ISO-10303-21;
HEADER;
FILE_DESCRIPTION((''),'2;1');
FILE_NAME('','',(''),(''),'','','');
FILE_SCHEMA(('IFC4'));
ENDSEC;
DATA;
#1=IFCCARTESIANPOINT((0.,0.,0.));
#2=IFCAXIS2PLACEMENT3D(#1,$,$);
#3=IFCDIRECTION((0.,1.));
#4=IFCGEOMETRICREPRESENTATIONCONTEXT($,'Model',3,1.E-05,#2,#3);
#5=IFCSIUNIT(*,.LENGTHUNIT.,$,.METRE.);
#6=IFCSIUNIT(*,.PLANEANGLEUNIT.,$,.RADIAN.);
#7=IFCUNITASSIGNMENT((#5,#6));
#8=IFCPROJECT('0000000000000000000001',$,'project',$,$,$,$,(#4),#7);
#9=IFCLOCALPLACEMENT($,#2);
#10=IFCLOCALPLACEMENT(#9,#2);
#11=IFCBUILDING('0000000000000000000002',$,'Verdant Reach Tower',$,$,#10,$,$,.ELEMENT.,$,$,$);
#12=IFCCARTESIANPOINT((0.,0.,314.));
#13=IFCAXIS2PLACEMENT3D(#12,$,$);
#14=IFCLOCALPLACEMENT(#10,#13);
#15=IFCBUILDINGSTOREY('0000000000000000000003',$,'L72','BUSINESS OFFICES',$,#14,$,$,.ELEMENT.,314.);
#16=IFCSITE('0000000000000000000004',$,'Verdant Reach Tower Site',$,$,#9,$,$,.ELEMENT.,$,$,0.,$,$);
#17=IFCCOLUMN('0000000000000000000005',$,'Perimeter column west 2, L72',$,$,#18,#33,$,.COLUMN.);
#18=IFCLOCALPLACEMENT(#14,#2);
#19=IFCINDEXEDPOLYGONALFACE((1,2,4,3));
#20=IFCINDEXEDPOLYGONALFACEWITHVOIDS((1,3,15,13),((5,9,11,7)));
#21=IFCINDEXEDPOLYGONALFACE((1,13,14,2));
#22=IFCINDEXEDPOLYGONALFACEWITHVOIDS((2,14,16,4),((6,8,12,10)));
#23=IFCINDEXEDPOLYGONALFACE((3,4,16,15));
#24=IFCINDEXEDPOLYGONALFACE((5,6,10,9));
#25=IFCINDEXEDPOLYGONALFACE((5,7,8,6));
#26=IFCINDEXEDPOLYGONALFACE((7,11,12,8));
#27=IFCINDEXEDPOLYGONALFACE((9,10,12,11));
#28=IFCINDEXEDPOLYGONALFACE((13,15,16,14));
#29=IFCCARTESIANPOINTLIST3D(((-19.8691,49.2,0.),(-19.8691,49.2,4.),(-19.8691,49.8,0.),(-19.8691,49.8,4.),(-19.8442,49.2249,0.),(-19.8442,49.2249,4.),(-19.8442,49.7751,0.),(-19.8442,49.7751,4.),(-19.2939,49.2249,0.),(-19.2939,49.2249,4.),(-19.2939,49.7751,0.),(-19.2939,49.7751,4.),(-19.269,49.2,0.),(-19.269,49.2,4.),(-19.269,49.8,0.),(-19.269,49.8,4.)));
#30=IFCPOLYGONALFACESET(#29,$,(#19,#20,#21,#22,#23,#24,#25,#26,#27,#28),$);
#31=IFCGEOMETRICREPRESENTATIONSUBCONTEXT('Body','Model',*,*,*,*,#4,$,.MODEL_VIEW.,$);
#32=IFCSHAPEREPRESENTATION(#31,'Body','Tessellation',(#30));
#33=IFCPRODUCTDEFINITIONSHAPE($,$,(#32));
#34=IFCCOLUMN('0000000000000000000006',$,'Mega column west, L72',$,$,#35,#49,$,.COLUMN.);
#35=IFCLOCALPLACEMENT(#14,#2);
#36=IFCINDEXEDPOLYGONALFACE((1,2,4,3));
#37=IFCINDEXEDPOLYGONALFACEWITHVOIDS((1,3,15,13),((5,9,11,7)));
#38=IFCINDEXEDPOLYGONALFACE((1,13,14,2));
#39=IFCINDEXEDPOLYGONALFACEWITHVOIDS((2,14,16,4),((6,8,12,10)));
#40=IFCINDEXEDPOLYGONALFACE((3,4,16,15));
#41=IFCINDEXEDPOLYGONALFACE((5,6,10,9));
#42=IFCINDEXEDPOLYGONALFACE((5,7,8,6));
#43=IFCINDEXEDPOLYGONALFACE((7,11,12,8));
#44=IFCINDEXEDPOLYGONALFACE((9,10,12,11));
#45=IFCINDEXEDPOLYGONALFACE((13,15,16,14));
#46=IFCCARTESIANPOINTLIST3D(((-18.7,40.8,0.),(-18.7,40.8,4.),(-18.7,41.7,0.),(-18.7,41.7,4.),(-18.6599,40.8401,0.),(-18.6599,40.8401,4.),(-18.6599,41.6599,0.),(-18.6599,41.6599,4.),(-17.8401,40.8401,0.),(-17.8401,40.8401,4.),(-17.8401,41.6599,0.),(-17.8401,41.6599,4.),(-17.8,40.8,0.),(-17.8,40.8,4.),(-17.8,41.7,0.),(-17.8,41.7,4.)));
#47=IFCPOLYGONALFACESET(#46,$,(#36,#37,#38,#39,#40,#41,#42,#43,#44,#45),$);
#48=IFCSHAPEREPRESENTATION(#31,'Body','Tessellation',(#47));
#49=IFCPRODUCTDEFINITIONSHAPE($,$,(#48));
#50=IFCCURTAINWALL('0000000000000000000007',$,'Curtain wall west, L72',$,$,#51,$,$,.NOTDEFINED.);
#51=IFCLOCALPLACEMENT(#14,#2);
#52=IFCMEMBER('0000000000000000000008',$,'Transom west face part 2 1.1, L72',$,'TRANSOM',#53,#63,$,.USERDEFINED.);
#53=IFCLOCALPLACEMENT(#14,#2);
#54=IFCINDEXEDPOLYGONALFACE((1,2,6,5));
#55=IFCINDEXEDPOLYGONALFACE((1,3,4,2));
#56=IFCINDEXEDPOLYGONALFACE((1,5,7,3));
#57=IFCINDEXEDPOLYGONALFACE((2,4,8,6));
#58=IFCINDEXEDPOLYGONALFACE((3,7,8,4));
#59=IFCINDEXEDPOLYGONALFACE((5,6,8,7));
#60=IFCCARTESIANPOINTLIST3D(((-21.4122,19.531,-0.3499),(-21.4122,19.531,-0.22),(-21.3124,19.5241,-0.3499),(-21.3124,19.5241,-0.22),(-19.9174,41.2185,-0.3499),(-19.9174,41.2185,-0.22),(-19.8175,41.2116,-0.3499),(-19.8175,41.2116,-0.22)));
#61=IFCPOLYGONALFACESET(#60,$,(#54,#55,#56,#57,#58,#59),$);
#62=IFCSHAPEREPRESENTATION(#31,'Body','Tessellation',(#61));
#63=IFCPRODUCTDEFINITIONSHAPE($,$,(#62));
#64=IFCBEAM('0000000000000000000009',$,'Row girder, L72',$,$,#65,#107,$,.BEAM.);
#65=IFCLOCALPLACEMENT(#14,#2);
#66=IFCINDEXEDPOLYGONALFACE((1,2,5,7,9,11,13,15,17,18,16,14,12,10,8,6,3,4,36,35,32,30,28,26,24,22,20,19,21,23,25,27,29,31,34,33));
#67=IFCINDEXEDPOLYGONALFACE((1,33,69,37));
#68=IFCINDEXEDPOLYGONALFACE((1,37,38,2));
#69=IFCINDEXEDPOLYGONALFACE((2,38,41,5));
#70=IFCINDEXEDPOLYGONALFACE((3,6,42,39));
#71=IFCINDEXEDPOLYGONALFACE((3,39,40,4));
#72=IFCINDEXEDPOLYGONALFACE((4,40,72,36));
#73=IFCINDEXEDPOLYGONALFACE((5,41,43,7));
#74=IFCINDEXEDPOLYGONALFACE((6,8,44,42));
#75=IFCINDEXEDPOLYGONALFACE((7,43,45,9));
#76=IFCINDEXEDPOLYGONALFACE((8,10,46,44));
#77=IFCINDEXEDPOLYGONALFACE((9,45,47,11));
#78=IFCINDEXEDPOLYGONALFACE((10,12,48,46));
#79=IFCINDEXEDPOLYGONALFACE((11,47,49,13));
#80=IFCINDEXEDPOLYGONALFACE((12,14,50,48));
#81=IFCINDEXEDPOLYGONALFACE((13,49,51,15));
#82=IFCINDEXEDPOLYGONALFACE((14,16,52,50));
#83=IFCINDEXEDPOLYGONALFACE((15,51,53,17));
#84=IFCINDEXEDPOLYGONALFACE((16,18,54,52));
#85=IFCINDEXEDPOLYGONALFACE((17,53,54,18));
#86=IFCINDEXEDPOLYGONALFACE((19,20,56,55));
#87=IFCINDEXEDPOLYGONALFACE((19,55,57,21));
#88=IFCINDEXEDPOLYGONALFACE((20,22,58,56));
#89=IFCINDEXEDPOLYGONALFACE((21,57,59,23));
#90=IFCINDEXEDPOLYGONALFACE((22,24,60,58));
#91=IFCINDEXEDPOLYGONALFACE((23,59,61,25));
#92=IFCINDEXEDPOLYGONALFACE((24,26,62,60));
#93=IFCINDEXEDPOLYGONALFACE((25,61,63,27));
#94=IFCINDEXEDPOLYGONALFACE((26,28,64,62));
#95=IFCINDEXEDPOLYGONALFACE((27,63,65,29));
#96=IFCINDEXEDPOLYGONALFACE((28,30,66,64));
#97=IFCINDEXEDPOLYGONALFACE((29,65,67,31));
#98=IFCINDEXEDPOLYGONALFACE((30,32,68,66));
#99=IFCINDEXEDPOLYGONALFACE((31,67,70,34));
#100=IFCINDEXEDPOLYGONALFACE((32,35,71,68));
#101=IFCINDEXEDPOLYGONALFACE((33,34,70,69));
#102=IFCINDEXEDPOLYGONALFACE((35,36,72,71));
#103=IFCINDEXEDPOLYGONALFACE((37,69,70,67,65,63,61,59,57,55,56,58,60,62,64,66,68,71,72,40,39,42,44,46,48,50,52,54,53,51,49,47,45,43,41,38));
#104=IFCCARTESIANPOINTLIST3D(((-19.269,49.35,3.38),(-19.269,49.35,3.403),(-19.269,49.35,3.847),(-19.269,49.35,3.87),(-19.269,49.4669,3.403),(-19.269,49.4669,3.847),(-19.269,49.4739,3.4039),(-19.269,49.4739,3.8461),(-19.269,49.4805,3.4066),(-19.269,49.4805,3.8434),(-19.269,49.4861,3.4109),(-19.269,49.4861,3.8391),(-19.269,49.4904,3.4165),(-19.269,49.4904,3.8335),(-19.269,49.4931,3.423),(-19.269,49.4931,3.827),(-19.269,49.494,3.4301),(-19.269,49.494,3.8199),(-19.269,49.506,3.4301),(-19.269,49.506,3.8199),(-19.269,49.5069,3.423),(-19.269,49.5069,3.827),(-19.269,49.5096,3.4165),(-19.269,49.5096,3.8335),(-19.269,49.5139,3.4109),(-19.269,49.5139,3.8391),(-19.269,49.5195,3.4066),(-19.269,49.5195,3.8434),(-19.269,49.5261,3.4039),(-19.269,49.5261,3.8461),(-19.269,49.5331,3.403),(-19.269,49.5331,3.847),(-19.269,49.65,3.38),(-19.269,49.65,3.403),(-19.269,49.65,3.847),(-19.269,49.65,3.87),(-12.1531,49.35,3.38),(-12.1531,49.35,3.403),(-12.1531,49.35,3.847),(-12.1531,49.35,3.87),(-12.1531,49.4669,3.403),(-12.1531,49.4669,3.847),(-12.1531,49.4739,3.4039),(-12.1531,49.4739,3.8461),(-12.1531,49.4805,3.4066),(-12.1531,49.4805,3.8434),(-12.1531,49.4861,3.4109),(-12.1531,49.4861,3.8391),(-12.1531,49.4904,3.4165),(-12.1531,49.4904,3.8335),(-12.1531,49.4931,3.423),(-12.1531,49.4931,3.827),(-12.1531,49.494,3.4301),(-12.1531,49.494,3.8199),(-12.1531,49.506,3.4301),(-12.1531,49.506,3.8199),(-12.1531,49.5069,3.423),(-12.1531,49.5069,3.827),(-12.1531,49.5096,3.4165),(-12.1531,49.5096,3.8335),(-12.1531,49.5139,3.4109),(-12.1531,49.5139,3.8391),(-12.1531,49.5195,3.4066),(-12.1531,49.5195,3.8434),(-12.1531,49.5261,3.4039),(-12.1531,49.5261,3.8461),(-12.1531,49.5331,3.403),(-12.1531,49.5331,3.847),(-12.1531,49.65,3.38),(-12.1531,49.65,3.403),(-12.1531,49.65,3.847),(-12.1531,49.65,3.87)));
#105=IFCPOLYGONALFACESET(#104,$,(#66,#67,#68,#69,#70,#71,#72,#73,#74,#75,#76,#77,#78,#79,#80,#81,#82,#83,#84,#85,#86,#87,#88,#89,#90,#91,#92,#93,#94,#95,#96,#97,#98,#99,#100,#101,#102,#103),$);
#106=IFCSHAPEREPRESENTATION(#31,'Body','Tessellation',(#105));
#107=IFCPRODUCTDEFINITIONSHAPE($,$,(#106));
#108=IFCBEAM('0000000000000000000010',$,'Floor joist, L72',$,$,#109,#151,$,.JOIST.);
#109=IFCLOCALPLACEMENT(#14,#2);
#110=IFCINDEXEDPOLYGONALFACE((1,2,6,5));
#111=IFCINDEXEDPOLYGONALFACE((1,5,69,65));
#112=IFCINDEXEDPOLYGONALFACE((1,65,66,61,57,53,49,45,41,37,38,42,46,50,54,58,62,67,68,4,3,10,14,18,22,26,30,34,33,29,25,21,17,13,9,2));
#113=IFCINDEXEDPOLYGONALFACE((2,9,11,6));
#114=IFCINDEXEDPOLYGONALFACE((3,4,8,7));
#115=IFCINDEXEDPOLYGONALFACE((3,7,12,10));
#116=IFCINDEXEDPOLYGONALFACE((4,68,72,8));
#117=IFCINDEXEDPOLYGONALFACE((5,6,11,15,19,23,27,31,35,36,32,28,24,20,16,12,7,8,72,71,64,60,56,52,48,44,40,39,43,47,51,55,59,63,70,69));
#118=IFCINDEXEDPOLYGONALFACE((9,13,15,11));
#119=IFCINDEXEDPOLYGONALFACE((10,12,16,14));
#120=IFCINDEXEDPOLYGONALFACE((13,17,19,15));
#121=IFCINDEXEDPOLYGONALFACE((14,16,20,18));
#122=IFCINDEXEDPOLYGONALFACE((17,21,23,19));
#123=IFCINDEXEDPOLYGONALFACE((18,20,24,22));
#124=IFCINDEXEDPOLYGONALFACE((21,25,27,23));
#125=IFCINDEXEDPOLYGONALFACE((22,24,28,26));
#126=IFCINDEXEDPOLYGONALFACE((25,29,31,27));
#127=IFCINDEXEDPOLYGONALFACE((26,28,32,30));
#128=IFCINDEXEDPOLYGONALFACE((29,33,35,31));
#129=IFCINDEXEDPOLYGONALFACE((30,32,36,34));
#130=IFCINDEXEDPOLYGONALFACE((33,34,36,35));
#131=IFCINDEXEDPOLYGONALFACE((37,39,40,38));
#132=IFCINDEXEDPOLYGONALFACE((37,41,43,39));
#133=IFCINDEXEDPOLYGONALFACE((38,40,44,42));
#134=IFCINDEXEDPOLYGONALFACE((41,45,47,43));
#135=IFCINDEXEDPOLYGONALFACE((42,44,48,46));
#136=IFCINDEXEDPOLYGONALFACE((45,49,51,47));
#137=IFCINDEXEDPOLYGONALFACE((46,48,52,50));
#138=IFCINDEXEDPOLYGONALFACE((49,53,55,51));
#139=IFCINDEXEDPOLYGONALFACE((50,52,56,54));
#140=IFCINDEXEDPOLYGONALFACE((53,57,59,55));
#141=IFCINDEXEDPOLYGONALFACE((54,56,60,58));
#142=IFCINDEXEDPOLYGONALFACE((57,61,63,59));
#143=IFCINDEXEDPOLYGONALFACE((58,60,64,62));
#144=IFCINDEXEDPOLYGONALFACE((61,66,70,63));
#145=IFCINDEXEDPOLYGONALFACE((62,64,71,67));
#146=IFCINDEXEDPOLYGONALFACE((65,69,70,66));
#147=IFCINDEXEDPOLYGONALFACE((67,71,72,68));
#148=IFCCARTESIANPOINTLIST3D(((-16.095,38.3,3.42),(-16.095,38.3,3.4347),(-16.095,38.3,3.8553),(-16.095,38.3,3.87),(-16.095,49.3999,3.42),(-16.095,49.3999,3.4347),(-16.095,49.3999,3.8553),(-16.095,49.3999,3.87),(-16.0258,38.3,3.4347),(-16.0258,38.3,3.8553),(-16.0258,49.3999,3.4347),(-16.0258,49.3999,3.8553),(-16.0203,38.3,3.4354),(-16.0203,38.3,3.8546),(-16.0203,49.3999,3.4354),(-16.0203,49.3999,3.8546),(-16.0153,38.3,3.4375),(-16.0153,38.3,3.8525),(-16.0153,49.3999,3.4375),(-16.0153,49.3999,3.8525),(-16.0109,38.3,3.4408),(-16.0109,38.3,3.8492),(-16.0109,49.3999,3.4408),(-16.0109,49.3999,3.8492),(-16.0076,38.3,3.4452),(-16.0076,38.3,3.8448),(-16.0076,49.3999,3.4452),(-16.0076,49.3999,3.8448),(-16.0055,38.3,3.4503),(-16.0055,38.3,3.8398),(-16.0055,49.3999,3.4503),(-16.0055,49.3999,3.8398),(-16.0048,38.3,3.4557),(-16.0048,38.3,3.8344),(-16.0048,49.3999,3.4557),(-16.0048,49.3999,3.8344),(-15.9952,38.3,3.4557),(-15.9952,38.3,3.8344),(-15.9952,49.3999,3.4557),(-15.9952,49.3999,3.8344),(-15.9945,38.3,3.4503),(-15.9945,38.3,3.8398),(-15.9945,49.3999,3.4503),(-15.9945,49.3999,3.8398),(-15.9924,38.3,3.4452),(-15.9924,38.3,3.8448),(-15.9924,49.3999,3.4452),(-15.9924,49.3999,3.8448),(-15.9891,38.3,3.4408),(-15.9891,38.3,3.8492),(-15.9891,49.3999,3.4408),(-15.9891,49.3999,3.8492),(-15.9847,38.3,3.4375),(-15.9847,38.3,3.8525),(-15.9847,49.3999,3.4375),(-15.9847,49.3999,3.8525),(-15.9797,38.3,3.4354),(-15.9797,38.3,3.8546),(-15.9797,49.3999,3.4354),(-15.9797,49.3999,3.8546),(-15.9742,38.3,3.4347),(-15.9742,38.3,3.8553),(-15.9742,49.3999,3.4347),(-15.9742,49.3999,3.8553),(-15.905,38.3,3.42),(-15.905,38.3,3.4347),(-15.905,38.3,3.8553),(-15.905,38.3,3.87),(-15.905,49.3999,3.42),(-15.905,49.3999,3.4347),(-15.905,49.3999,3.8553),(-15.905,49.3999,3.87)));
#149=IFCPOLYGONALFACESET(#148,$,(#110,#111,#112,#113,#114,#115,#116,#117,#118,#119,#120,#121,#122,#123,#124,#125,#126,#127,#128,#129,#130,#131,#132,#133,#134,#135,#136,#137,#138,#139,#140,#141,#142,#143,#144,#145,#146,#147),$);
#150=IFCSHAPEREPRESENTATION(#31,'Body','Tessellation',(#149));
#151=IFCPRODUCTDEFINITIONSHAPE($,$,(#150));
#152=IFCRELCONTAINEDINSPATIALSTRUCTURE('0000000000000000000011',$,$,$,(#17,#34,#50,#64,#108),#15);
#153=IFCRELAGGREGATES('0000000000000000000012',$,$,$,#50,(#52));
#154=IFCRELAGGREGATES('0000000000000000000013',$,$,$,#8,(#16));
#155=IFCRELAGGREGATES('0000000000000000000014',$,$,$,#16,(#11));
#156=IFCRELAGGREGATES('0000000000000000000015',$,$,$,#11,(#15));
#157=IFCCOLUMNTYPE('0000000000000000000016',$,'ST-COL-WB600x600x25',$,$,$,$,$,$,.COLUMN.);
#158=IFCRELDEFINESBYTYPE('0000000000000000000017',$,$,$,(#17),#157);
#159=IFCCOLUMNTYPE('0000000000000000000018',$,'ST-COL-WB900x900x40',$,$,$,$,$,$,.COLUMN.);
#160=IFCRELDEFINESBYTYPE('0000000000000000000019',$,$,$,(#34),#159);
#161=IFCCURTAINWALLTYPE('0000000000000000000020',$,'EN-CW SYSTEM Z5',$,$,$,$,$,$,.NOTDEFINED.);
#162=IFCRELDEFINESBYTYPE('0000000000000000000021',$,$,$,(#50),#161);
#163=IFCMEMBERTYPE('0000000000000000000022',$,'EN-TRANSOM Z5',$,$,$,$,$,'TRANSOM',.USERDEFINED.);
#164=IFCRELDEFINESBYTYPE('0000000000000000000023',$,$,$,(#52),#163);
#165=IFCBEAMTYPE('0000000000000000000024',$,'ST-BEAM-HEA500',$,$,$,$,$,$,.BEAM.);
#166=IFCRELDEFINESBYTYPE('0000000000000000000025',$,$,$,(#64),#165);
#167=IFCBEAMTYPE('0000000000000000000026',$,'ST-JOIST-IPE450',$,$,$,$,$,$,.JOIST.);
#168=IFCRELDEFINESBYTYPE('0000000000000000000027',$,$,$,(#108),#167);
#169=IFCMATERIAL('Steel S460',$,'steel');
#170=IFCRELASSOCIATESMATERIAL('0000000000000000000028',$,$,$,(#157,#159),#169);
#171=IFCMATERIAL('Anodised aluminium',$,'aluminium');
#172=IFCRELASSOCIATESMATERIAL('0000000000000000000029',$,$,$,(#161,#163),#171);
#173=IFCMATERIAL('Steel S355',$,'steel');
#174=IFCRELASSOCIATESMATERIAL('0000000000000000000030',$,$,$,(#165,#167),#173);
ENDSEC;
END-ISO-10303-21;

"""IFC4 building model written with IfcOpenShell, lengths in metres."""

from ifc_helpers import new_model, si_unit, direction, frame, origin, origin_2d, place, context, subcontext, project, spatial, rectangle, hollow_rectangle, i_section, extrude, material, material_profile, profile_set, type_object, element, aggregate, save


model = new_model("IFC4")

# Units and contexts
model_context = context("Model", 3, precision=1e-05, world=origin(), true_north=direction((0.0, 1.0)))
body_context = subcontext(model_context, "Body", "Model", "MODEL_VIEW")
ifc_project = project(units=[si_unit("LENGTHUNIT", "METRE"), si_unit("PLANEANGLEUNIT", "RADIAN")], contexts=[model_context])

# Site, building, storey
site_placement = place(None, origin())
site = spatial("IfcSite", under=ifc_project, at=site_placement, Name="Verdant Reach Tower Site", CompositionType="ELEMENT", RefElevation=0.0)
building_placement = place(site_placement, origin())
building = spatial("IfcBuilding", under=site, at=building_placement, Name="Verdant Reach Tower", CompositionType="ELEMENT")
storey_placement = place(building_placement, frame((0.0, 0.0, 314.0)))
storey = spatial("IfcBuildingStorey", under=building, at=storey_placement, Name="L72", Description="BUSINESS OFFICES", CompositionType="ELEMENT", Elevation=314.0)

# Columns
ifc_material_1 = material(Name="Steel S460", Category="steel")
ifc_material_profile_1 = material_profile(ifc_material_1, hollow_rectangle(XDim=0.6001, YDim=0.6001, WallThickness=0.0249, at=origin_2d()), Name="WB 600x600x25")
ifc_profile_set_1 = profile_set([ifc_material_profile_1], Name="Steel S460")
column_type_1 = type_object("IfcColumnType", Name="ST-COL-WB600x600x25", PredefinedType="COLUMN", material=ifc_profile_set_1)
column_1_placement = place(storey_placement, frame((-19.5691, 49.5, 0.0), z_axis=(0.0, 0.0, 1.0), x_axis=(1.0, 0.0, 0.0)))
element("IfcColumn", 1, at=column_1_placement, inside=storey, type_object=column_type_1, Name="Perimeter column west 2, L72", PredefinedType="COLUMN", context=body_context, shape_type="SweptSolid", body=[
    extrude(hollow_rectangle(XDim=0.6001, YDim=0.6001, WallThickness=0.0249, at=origin_2d()), origin(), (0.0, 0.0, 1.0), 4.0),
])
ifc_material_profile_2 = material_profile(ifc_material_1, hollow_rectangle(XDim=0.8999, YDim=0.8999, WallThickness=0.04, at=origin_2d()), Name="WB 900x900x40")
ifc_profile_set_2 = profile_set([ifc_material_profile_2], Name="Steel S460")
column_type_2 = type_object("IfcColumnType", Name="ST-COL-WB900x900x40", PredefinedType="COLUMN", material=ifc_profile_set_2)
column_2_placement = place(storey_placement, frame((-18.25, 41.25, 0.0), z_axis=(0.0, 0.0, 1.0), x_axis=(1.0, 0.0, 0.0)))
element("IfcColumn", 2, at=column_2_placement, inside=storey, type_object=column_type_2, Name="Mega column west, L72", PredefinedType="COLUMN", context=body_context, shape_type="SweptSolid", body=[
    extrude(hollow_rectangle(XDim=0.8999, YDim=0.8999, WallThickness=0.04, at=origin_2d()), origin(), (0.0, 0.0, 1.0), 4.0),
])

# Curtain wall, member
ifc_material_2 = material(Name="Anodised aluminium", Category="aluminium")
curtain_wall_type = type_object("IfcCurtainWallType", Name="EN-CW SYSTEM Z5", PredefinedType="NOTDEFINED", material=ifc_material_2)
curtain_wall_placement = place(storey_placement, origin())
curtain_wall = element("IfcCurtainWall", 3, at=curtain_wall_placement, inside=storey, type_object=curtain_wall_type, Name="Curtain wall west, L72", PredefinedType="NOTDEFINED")
ifc_material_profile_3 = material_profile(ifc_material_2, rectangle(XDim=0.1001, YDim=0.1299, at=origin_2d()), Name="Transom 130x100")
ifc_profile_set_3 = profile_set([ifc_material_profile_3], Name="Anodised aluminium")
member_type = type_object("IfcMemberType", Name="EN-TRANSOM Z5", ElementType="TRANSOM", PredefinedType="USERDEFINED", material=ifc_profile_set_3)
member_placement = place(storey_placement, frame((-19.8674, 41.2151, -0.2849), z_axis=(-0.068765, -0.997633, 0.0), x_axis=(0.997633, -0.068765, 0.0)))
member = element("IfcMember", 4, at=member_placement, type_object=member_type, Name="Transom west face part 2 1.1, L72", ObjectType="TRANSOM", PredefinedType="USERDEFINED", context=body_context, shape_type="SweptSolid", body=[
    extrude(rectangle(XDim=0.1001, YDim=0.1299, at=origin_2d()), origin(), (0.0, 0.0, 1.0), 21.739),
])

# Beams
ifc_material_3 = material(Name="Steel S355", Category="steel")
ifc_material_profile_4 = material_profile(ifc_material_3, i_section(OverallWidth=0.3, OverallDepth=0.49, WebThickness=0.012, FlangeThickness=0.0229, FilletRadius=0.0271, at=origin_2d()), Name="HEA 500")
ifc_profile_set_4 = profile_set([ifc_material_profile_4], Name="Steel S355")
beam_type_1 = type_object("IfcBeamType", Name="ST-BEAM-HEA500", PredefinedType="BEAM", material=ifc_profile_set_4)
beam_1_placement = place(storey_placement, frame((-19.269, 49.5, 3.625), z_axis=(1.0, 0.0, 0.0), x_axis=(0.0, 1.0, 0.0)))
element("IfcBeam", 5, at=beam_1_placement, inside=storey, type_object=beam_type_1, Name="Row girder, L72", PredefinedType="BEAM", context=body_context, shape_type="SweptSolid", body=[
    extrude(i_section(OverallWidth=0.3, OverallDepth=0.49, WebThickness=0.012, FlangeThickness=0.0229, FilletRadius=0.0271, at=origin_2d()), origin(), (0.0, 0.0, 1.0), 7.116),
])
ifc_material_profile_5 = material_profile(ifc_material_3, i_section(OverallWidth=0.1899, OverallDepth=0.45, WebThickness=0.0095, FlangeThickness=0.0146, FilletRadius=0.021, at=origin_2d()), Name="IPE 450")
ifc_profile_set_5 = profile_set([ifc_material_profile_5], Name="Steel S355")
beam_type_2 = type_object("IfcBeamType", Name="ST-JOIST-IPE450", PredefinedType="JOIST", material=ifc_profile_set_5)
beam_2_placement = place(storey_placement, frame((-16.0, 38.3, 3.645), z_axis=(0.0, 1.0, 0.0), x_axis=(-1.0, 0.0, 0.0)))
element("IfcBeam", 6, at=beam_2_placement, inside=storey, type_object=beam_type_2, Name="Floor joist, L72", PredefinedType="JOIST", context=body_context, shape_type="SweptSolid", body=[
    extrude(i_section(OverallWidth=0.1899, OverallDepth=0.45, WebThickness=0.0095, FlangeThickness=0.0146, FilletRadius=0.021, at=origin_2d()), origin(), (0.0, 0.0, 1.0), 11.0999),
])

aggregate(curtain_wall, [member])

save(model, "model.ifc")
